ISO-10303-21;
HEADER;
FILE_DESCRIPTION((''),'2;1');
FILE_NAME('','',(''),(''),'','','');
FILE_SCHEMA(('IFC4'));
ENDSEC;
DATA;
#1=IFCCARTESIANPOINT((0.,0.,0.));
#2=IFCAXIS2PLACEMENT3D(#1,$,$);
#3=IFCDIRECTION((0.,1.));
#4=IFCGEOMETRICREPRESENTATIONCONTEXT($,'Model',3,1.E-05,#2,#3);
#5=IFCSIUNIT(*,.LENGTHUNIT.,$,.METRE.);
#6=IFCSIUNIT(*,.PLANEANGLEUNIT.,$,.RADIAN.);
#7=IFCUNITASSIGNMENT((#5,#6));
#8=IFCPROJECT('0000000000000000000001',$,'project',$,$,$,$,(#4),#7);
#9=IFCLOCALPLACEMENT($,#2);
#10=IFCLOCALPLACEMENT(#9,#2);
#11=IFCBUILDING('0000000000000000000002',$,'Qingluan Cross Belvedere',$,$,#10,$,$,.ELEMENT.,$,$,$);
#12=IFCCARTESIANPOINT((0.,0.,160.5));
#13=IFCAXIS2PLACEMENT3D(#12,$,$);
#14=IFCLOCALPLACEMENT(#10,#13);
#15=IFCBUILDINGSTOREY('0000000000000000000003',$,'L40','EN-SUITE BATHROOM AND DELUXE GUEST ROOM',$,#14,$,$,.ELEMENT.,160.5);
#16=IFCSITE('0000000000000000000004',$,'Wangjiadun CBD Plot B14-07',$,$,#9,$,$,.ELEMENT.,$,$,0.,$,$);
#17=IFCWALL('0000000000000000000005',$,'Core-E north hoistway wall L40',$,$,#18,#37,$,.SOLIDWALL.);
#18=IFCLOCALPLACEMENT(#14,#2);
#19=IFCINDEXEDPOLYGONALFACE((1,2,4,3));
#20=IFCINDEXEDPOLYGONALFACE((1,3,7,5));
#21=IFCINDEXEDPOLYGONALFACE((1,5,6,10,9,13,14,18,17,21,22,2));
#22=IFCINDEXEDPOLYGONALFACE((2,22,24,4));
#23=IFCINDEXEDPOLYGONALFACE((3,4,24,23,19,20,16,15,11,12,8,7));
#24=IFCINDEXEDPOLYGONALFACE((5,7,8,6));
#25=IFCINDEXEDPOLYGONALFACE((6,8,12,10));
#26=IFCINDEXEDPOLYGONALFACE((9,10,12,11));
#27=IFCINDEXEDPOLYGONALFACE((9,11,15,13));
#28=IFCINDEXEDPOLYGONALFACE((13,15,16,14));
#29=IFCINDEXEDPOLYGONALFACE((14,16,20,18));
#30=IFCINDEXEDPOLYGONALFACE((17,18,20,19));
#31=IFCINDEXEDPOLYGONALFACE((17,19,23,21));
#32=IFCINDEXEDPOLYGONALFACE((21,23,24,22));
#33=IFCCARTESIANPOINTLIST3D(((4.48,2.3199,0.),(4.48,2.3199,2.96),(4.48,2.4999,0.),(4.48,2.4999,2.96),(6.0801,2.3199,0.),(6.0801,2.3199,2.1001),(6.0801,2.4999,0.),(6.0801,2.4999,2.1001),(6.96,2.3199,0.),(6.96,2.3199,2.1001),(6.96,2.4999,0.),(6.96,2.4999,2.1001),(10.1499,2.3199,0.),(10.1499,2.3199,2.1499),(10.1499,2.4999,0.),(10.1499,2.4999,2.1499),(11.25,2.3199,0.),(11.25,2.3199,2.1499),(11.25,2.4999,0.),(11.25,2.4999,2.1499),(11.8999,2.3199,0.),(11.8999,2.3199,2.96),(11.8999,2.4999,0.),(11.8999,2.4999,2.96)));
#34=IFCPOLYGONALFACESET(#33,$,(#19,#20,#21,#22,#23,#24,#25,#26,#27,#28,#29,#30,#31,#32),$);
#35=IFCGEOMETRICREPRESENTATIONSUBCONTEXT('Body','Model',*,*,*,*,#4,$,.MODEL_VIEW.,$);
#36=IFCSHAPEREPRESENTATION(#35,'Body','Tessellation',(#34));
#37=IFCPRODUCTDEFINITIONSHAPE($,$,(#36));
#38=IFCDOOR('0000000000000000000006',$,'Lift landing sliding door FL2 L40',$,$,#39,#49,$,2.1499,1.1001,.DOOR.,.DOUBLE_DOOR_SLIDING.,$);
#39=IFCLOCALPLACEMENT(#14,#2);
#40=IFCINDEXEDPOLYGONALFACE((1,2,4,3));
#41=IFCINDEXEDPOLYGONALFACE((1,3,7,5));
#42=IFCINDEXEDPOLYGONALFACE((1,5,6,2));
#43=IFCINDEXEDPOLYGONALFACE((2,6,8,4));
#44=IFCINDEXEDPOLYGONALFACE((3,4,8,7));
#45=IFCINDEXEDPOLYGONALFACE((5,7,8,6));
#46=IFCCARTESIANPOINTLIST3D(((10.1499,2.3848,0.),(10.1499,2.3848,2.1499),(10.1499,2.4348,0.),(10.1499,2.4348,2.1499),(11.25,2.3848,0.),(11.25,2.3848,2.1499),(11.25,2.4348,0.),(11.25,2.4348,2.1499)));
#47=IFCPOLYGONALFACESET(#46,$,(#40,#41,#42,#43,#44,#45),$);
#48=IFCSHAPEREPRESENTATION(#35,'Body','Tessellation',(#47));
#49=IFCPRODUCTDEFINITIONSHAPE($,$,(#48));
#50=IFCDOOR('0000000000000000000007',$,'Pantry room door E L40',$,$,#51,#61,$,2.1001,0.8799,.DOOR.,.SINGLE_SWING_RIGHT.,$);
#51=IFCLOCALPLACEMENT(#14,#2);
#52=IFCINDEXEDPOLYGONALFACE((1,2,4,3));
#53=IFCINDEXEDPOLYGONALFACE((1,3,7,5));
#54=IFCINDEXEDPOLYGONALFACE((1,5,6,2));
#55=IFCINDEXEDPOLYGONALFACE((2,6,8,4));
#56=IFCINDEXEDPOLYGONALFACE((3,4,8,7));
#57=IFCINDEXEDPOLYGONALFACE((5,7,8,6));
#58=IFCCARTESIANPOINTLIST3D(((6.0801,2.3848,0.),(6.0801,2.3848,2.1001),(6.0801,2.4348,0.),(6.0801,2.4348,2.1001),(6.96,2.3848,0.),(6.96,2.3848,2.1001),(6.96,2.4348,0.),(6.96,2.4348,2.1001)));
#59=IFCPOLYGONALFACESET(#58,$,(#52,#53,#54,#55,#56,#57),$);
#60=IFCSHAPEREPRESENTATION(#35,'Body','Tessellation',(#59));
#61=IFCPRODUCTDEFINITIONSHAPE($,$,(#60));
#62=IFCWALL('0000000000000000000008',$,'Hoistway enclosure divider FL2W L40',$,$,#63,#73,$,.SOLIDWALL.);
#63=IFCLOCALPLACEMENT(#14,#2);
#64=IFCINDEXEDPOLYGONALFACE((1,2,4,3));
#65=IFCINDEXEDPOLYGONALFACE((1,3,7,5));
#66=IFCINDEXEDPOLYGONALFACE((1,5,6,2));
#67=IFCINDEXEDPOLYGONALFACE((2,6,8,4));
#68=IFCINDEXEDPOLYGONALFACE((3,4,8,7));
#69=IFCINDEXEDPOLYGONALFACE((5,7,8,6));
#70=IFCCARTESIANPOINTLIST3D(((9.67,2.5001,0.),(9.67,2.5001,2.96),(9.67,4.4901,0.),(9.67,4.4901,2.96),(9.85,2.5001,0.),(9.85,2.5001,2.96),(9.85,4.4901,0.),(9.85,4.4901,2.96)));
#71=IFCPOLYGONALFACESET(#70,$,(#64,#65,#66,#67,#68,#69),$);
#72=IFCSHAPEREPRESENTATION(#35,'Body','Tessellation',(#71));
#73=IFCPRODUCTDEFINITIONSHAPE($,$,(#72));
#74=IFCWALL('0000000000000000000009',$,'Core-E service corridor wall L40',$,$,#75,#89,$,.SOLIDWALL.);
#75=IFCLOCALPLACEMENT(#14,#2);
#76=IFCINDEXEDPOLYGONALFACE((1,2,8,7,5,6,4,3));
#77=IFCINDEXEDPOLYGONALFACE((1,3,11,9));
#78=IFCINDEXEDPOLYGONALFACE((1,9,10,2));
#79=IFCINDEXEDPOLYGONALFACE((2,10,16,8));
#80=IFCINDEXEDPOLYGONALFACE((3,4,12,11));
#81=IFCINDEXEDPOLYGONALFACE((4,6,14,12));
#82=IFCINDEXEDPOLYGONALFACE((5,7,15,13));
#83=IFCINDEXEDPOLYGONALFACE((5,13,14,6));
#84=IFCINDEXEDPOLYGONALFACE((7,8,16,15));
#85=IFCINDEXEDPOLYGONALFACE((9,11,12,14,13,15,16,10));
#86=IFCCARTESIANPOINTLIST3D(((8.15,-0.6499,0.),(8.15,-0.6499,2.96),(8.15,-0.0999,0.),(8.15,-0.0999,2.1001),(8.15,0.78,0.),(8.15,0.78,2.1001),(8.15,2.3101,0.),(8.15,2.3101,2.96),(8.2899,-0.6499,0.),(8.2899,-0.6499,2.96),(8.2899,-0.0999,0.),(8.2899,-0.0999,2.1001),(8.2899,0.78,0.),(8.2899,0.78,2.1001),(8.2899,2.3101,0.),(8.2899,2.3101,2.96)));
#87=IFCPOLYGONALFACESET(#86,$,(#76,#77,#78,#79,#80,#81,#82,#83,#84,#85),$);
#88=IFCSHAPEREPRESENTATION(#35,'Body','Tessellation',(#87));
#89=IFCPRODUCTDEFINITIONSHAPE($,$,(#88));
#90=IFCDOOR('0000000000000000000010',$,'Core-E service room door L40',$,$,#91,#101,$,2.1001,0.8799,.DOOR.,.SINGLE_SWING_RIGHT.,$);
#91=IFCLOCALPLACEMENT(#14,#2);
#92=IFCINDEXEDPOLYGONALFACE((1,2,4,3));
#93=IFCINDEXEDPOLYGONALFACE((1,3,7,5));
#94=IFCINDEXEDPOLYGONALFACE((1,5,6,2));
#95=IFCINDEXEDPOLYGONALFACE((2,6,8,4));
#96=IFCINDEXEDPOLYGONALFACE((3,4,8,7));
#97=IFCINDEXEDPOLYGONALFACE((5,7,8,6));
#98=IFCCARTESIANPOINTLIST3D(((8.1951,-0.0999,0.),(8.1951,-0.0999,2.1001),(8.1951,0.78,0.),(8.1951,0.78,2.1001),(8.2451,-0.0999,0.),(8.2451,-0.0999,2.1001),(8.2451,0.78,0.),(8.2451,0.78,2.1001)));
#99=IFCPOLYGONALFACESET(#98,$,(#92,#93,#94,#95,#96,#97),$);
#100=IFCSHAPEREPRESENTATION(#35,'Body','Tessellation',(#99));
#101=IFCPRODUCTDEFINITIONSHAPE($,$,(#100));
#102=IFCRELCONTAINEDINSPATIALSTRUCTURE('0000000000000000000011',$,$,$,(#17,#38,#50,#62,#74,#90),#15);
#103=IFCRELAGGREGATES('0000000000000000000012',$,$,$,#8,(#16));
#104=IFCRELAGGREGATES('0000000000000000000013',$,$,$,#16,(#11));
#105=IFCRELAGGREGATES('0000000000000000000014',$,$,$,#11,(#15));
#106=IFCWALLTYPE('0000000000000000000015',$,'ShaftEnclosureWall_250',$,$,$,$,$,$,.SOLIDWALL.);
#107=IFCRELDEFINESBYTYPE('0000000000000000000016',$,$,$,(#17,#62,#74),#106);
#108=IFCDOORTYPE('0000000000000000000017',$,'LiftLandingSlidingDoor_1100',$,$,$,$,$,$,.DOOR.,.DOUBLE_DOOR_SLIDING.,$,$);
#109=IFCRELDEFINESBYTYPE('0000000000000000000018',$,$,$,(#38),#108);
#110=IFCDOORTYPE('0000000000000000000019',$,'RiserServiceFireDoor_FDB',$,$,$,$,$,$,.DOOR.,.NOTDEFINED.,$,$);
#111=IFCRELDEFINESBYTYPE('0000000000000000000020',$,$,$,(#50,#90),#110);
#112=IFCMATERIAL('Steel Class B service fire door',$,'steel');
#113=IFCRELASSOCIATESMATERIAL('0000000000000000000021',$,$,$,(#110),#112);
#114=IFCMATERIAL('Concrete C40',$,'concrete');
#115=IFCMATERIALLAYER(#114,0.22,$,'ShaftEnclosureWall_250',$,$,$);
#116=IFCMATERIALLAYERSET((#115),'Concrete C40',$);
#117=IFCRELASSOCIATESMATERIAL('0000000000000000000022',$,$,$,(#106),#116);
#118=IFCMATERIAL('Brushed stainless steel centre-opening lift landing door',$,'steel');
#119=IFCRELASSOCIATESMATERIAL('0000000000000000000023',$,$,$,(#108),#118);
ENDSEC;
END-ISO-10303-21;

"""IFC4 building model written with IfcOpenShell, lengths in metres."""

from ifc_helpers import new_model, si_unit, direction, frame, frame_2d, origin, place, context, subcontext, project, spatial, rectangle, extrude, material, layer, layer_set, type_object, element, fill, save


model = new_model("IFC4")

# Units and contexts
model_context = context("Model", 3, precision=1e-05, world=origin(), true_north=direction((0.0, 1.0)))
body_context = subcontext(model_context, "Body", "Model", "MODEL_VIEW")
ifc_project = project(units=[si_unit("LENGTHUNIT", "METRE"), si_unit("PLANEANGLEUNIT", "RADIAN")], contexts=[model_context])

# Site, building, storey
site_placement = place(None, origin())
site = spatial("IfcSite", under=ifc_project, at=site_placement, Name="Wangjiadun CBD Plot B14-07", CompositionType="ELEMENT", RefElevation=0.0)
building_placement = place(site_placement, origin())
building = spatial("IfcBuilding", under=site, at=building_placement, Name="Qingluan Cross Belvedere", CompositionType="ELEMENT")
storey_placement = place(building_placement, frame((0.0, 0.0, 160.5)))
storey = spatial("IfcBuildingStorey", under=building, at=storey_placement, Name="L40", Description="EN-SUITE BATHROOM AND DELUXE GUEST ROOM", CompositionType="ELEMENT", Elevation=160.5)

# Shared definitions
ifc_material_1 = material(Name="Steel Class B service fire door", Category="steel")
door_type_1 = type_object("IfcDoorType", Name="RiserServiceFireDoor_FDB", OperationType="NOTDEFINED", PredefinedType="DOOR", material=ifc_material_1)

# Wall, openings, doors
ifc_material_2 = material(Name="Concrete C40", Category="concrete")
ifc_layer_1 = layer(ifc_material_2, 0.22, Name="ShaftEnclosureWall_250")
ifc_layer_set_1 = layer_set([ifc_layer_1], Name="Concrete C40")
wall_type_1 = type_object("IfcWallType", Name="ShaftEnclosureWall_250", PredefinedType="SOLIDWALL", material=ifc_layer_set_1)
wall_1_placement = place(storey_placement, frame((4.48, 2.4099, 0.0), z_axis=(0.0, 0.0, 1.0), x_axis=(1.0, 0.0, 0.0)))
wall_1 = element("IfcWall", 1, at=wall_1_placement, inside=storey, type_object=wall_type_1, Name="Core-E north hoistway wall L40", PredefinedType="SOLIDWALL", context=body_context, shape_type="SweptSolid", body=[
    extrude(rectangle(XDim=7.4199, YDim=0.1799, at=frame_2d((3.71, 0.0))), origin(), (0.0, 0.0, 1.0), 2.96),
])
opening_1_placement = place(wall_1_placement, frame((5.6699, 0.0, 0.0)))
opening_1 = element("IfcOpeningElement", 2, at=opening_1_placement, cuts=wall_1, PredefinedType="OPENING", context=body_context, shape_type="SweptSolid", body=[
    extrude(rectangle(XDim=1.1001, YDim=2.1499, at=frame_2d((0.55, 1.075))), frame((0.0, 0.0999, 0.0), z_axis=(0.0, -1.0, 0.0), x_axis=(1.0, 0.0, 0.0)), (0.0, 0.0, 1.0), 0.2),
])
opening_2_placement = place(wall_1_placement, frame((1.6001, 0.0, 0.0)))
opening_2 = element("IfcOpeningElement", 3, at=opening_2_placement, cuts=wall_1, PredefinedType="OPENING", context=body_context, shape_type="SweptSolid", body=[
    extrude(rectangle(XDim=0.8799, YDim=2.1001, at=frame_2d((0.4399, 1.05))), frame((0.0, 0.0999, 0.0), z_axis=(0.0, -1.0, 0.0), x_axis=(1.0, 0.0, 0.0)), (0.0, 0.0, 1.0), 0.2),
])
ifc_material_3 = material(Name="Brushed stainless steel centre-opening lift landing door", Category="steel")
door_type_2 = type_object("IfcDoorType", Name="LiftLandingSlidingDoor_1100", OperationType="DOUBLE_DOOR_SLIDING", PredefinedType="DOOR", material=ifc_material_3)
door_1_placement = place(opening_1_placement, origin())
door_1 = element("IfcDoor", 4, at=door_1_placement, inside=storey, type_object=door_type_2, Name="Lift landing sliding door FL2 L40", OperationType="DOUBLE_DOOR_SLIDING", OverallHeight=2.1499, OverallWidth=1.1001, PredefinedType="DOOR", context=body_context, shape_type="SweptSolid", body=[
    extrude(rectangle(XDim=1.1001, YDim=2.1499, at=frame_2d((0.55, 1.075))), frame((0.0, 0.0249, 0.0), z_axis=(0.0, -1.0, 0.0), x_axis=(1.0, 0.0, 0.0)), (0.0, 0.0, 1.0), 0.05),
])
fill(opening_1, door_1)
door_2_placement = place(opening_2_placement, origin())
door_2 = element("IfcDoor", 5, at=door_2_placement, inside=storey, type_object=door_type_1, Name="Pantry room door E L40", OperationType="SINGLE_SWING_RIGHT", OverallHeight=2.1001, OverallWidth=0.8799, PredefinedType="DOOR", context=body_context, shape_type="SweptSolid", body=[
    extrude(rectangle(XDim=0.8799, YDim=2.1001, at=frame_2d((0.4399, 1.05))), frame((0.0, 0.0249, 0.0), z_axis=(0.0, -1.0, 0.0), x_axis=(1.0, 0.0, 0.0)), (0.0, 0.0, 1.0), 0.05),
])
fill(opening_2, door_2)

# Wall
wall_2_placement = place(storey_placement, frame((9.76, 2.5, 0.0), z_axis=(0.0, 0.0, 1.0), x_axis=(0.0, 1.0, 0.0)))
element("IfcWall", 6, at=wall_2_placement, inside=storey, type_object=wall_type_1, Name="Hoistway enclosure divider FL2W L40", PredefinedType="SOLIDWALL", context=body_context, shape_type="SweptSolid", body=[
    extrude(rectangle(XDim=1.99, YDim=0.1799, at=frame_2d((0.9951, 0.0))), origin(), (0.0, 0.0, 1.0), 2.96),
])

# Wall, opening, door
wall_3_placement = place(storey_placement, frame((8.22, -0.6499, 0.0), z_axis=(0.0, 0.0, 1.0), x_axis=(0.0, 1.0, 0.0)))
wall_3 = element("IfcWall", 7, at=wall_3_placement, inside=storey, type_object=wall_type_1, Name="Core-E service corridor wall L40", PredefinedType="SOLIDWALL", context=body_context, shape_type="SweptSolid", body=[
    extrude(rectangle(XDim=2.96, YDim=0.1399, at=frame_2d((1.48, 0.0))), origin(), (0.0, 0.0, 1.0), 2.96),
])
opening_3_placement = place(wall_3_placement, frame((0.55, 0.0, 0.0)))
opening_3 = element("IfcOpeningElement", 8, at=opening_3_placement, cuts=wall_3, PredefinedType="OPENING", context=body_context, shape_type="SweptSolid", body=[
    extrude(rectangle(XDim=0.8799, YDim=2.1001, at=frame_2d((0.4399, 1.05))), frame((0.0, 0.0798, 0.0), z_axis=(0.0, -1.0, 0.0), x_axis=(1.0, 0.0, 0.0)), (0.0, 0.0, 1.0), 0.1599),
])
door_3_placement = place(opening_3_placement, origin())
door_3 = element("IfcDoor", 9, at=door_3_placement, inside=storey, type_object=door_type_1, Name="Core-E service room door L40", OperationType="SINGLE_SWING_RIGHT", OverallHeight=2.1001, OverallWidth=0.8799, PredefinedType="DOOR", context=body_context, shape_type="SweptSolid", body=[
    extrude(rectangle(XDim=0.8799, YDim=2.1001, at=frame_2d((0.4399, 1.05))), frame((0.0, 0.0249, 0.0), z_axis=(0.0, -1.0, 0.0), x_axis=(1.0, 0.0, 0.0)), (0.0, 0.0, 1.0), 0.05),
])
fill(opening_3, door_3)

save(model, "model.ifc")
